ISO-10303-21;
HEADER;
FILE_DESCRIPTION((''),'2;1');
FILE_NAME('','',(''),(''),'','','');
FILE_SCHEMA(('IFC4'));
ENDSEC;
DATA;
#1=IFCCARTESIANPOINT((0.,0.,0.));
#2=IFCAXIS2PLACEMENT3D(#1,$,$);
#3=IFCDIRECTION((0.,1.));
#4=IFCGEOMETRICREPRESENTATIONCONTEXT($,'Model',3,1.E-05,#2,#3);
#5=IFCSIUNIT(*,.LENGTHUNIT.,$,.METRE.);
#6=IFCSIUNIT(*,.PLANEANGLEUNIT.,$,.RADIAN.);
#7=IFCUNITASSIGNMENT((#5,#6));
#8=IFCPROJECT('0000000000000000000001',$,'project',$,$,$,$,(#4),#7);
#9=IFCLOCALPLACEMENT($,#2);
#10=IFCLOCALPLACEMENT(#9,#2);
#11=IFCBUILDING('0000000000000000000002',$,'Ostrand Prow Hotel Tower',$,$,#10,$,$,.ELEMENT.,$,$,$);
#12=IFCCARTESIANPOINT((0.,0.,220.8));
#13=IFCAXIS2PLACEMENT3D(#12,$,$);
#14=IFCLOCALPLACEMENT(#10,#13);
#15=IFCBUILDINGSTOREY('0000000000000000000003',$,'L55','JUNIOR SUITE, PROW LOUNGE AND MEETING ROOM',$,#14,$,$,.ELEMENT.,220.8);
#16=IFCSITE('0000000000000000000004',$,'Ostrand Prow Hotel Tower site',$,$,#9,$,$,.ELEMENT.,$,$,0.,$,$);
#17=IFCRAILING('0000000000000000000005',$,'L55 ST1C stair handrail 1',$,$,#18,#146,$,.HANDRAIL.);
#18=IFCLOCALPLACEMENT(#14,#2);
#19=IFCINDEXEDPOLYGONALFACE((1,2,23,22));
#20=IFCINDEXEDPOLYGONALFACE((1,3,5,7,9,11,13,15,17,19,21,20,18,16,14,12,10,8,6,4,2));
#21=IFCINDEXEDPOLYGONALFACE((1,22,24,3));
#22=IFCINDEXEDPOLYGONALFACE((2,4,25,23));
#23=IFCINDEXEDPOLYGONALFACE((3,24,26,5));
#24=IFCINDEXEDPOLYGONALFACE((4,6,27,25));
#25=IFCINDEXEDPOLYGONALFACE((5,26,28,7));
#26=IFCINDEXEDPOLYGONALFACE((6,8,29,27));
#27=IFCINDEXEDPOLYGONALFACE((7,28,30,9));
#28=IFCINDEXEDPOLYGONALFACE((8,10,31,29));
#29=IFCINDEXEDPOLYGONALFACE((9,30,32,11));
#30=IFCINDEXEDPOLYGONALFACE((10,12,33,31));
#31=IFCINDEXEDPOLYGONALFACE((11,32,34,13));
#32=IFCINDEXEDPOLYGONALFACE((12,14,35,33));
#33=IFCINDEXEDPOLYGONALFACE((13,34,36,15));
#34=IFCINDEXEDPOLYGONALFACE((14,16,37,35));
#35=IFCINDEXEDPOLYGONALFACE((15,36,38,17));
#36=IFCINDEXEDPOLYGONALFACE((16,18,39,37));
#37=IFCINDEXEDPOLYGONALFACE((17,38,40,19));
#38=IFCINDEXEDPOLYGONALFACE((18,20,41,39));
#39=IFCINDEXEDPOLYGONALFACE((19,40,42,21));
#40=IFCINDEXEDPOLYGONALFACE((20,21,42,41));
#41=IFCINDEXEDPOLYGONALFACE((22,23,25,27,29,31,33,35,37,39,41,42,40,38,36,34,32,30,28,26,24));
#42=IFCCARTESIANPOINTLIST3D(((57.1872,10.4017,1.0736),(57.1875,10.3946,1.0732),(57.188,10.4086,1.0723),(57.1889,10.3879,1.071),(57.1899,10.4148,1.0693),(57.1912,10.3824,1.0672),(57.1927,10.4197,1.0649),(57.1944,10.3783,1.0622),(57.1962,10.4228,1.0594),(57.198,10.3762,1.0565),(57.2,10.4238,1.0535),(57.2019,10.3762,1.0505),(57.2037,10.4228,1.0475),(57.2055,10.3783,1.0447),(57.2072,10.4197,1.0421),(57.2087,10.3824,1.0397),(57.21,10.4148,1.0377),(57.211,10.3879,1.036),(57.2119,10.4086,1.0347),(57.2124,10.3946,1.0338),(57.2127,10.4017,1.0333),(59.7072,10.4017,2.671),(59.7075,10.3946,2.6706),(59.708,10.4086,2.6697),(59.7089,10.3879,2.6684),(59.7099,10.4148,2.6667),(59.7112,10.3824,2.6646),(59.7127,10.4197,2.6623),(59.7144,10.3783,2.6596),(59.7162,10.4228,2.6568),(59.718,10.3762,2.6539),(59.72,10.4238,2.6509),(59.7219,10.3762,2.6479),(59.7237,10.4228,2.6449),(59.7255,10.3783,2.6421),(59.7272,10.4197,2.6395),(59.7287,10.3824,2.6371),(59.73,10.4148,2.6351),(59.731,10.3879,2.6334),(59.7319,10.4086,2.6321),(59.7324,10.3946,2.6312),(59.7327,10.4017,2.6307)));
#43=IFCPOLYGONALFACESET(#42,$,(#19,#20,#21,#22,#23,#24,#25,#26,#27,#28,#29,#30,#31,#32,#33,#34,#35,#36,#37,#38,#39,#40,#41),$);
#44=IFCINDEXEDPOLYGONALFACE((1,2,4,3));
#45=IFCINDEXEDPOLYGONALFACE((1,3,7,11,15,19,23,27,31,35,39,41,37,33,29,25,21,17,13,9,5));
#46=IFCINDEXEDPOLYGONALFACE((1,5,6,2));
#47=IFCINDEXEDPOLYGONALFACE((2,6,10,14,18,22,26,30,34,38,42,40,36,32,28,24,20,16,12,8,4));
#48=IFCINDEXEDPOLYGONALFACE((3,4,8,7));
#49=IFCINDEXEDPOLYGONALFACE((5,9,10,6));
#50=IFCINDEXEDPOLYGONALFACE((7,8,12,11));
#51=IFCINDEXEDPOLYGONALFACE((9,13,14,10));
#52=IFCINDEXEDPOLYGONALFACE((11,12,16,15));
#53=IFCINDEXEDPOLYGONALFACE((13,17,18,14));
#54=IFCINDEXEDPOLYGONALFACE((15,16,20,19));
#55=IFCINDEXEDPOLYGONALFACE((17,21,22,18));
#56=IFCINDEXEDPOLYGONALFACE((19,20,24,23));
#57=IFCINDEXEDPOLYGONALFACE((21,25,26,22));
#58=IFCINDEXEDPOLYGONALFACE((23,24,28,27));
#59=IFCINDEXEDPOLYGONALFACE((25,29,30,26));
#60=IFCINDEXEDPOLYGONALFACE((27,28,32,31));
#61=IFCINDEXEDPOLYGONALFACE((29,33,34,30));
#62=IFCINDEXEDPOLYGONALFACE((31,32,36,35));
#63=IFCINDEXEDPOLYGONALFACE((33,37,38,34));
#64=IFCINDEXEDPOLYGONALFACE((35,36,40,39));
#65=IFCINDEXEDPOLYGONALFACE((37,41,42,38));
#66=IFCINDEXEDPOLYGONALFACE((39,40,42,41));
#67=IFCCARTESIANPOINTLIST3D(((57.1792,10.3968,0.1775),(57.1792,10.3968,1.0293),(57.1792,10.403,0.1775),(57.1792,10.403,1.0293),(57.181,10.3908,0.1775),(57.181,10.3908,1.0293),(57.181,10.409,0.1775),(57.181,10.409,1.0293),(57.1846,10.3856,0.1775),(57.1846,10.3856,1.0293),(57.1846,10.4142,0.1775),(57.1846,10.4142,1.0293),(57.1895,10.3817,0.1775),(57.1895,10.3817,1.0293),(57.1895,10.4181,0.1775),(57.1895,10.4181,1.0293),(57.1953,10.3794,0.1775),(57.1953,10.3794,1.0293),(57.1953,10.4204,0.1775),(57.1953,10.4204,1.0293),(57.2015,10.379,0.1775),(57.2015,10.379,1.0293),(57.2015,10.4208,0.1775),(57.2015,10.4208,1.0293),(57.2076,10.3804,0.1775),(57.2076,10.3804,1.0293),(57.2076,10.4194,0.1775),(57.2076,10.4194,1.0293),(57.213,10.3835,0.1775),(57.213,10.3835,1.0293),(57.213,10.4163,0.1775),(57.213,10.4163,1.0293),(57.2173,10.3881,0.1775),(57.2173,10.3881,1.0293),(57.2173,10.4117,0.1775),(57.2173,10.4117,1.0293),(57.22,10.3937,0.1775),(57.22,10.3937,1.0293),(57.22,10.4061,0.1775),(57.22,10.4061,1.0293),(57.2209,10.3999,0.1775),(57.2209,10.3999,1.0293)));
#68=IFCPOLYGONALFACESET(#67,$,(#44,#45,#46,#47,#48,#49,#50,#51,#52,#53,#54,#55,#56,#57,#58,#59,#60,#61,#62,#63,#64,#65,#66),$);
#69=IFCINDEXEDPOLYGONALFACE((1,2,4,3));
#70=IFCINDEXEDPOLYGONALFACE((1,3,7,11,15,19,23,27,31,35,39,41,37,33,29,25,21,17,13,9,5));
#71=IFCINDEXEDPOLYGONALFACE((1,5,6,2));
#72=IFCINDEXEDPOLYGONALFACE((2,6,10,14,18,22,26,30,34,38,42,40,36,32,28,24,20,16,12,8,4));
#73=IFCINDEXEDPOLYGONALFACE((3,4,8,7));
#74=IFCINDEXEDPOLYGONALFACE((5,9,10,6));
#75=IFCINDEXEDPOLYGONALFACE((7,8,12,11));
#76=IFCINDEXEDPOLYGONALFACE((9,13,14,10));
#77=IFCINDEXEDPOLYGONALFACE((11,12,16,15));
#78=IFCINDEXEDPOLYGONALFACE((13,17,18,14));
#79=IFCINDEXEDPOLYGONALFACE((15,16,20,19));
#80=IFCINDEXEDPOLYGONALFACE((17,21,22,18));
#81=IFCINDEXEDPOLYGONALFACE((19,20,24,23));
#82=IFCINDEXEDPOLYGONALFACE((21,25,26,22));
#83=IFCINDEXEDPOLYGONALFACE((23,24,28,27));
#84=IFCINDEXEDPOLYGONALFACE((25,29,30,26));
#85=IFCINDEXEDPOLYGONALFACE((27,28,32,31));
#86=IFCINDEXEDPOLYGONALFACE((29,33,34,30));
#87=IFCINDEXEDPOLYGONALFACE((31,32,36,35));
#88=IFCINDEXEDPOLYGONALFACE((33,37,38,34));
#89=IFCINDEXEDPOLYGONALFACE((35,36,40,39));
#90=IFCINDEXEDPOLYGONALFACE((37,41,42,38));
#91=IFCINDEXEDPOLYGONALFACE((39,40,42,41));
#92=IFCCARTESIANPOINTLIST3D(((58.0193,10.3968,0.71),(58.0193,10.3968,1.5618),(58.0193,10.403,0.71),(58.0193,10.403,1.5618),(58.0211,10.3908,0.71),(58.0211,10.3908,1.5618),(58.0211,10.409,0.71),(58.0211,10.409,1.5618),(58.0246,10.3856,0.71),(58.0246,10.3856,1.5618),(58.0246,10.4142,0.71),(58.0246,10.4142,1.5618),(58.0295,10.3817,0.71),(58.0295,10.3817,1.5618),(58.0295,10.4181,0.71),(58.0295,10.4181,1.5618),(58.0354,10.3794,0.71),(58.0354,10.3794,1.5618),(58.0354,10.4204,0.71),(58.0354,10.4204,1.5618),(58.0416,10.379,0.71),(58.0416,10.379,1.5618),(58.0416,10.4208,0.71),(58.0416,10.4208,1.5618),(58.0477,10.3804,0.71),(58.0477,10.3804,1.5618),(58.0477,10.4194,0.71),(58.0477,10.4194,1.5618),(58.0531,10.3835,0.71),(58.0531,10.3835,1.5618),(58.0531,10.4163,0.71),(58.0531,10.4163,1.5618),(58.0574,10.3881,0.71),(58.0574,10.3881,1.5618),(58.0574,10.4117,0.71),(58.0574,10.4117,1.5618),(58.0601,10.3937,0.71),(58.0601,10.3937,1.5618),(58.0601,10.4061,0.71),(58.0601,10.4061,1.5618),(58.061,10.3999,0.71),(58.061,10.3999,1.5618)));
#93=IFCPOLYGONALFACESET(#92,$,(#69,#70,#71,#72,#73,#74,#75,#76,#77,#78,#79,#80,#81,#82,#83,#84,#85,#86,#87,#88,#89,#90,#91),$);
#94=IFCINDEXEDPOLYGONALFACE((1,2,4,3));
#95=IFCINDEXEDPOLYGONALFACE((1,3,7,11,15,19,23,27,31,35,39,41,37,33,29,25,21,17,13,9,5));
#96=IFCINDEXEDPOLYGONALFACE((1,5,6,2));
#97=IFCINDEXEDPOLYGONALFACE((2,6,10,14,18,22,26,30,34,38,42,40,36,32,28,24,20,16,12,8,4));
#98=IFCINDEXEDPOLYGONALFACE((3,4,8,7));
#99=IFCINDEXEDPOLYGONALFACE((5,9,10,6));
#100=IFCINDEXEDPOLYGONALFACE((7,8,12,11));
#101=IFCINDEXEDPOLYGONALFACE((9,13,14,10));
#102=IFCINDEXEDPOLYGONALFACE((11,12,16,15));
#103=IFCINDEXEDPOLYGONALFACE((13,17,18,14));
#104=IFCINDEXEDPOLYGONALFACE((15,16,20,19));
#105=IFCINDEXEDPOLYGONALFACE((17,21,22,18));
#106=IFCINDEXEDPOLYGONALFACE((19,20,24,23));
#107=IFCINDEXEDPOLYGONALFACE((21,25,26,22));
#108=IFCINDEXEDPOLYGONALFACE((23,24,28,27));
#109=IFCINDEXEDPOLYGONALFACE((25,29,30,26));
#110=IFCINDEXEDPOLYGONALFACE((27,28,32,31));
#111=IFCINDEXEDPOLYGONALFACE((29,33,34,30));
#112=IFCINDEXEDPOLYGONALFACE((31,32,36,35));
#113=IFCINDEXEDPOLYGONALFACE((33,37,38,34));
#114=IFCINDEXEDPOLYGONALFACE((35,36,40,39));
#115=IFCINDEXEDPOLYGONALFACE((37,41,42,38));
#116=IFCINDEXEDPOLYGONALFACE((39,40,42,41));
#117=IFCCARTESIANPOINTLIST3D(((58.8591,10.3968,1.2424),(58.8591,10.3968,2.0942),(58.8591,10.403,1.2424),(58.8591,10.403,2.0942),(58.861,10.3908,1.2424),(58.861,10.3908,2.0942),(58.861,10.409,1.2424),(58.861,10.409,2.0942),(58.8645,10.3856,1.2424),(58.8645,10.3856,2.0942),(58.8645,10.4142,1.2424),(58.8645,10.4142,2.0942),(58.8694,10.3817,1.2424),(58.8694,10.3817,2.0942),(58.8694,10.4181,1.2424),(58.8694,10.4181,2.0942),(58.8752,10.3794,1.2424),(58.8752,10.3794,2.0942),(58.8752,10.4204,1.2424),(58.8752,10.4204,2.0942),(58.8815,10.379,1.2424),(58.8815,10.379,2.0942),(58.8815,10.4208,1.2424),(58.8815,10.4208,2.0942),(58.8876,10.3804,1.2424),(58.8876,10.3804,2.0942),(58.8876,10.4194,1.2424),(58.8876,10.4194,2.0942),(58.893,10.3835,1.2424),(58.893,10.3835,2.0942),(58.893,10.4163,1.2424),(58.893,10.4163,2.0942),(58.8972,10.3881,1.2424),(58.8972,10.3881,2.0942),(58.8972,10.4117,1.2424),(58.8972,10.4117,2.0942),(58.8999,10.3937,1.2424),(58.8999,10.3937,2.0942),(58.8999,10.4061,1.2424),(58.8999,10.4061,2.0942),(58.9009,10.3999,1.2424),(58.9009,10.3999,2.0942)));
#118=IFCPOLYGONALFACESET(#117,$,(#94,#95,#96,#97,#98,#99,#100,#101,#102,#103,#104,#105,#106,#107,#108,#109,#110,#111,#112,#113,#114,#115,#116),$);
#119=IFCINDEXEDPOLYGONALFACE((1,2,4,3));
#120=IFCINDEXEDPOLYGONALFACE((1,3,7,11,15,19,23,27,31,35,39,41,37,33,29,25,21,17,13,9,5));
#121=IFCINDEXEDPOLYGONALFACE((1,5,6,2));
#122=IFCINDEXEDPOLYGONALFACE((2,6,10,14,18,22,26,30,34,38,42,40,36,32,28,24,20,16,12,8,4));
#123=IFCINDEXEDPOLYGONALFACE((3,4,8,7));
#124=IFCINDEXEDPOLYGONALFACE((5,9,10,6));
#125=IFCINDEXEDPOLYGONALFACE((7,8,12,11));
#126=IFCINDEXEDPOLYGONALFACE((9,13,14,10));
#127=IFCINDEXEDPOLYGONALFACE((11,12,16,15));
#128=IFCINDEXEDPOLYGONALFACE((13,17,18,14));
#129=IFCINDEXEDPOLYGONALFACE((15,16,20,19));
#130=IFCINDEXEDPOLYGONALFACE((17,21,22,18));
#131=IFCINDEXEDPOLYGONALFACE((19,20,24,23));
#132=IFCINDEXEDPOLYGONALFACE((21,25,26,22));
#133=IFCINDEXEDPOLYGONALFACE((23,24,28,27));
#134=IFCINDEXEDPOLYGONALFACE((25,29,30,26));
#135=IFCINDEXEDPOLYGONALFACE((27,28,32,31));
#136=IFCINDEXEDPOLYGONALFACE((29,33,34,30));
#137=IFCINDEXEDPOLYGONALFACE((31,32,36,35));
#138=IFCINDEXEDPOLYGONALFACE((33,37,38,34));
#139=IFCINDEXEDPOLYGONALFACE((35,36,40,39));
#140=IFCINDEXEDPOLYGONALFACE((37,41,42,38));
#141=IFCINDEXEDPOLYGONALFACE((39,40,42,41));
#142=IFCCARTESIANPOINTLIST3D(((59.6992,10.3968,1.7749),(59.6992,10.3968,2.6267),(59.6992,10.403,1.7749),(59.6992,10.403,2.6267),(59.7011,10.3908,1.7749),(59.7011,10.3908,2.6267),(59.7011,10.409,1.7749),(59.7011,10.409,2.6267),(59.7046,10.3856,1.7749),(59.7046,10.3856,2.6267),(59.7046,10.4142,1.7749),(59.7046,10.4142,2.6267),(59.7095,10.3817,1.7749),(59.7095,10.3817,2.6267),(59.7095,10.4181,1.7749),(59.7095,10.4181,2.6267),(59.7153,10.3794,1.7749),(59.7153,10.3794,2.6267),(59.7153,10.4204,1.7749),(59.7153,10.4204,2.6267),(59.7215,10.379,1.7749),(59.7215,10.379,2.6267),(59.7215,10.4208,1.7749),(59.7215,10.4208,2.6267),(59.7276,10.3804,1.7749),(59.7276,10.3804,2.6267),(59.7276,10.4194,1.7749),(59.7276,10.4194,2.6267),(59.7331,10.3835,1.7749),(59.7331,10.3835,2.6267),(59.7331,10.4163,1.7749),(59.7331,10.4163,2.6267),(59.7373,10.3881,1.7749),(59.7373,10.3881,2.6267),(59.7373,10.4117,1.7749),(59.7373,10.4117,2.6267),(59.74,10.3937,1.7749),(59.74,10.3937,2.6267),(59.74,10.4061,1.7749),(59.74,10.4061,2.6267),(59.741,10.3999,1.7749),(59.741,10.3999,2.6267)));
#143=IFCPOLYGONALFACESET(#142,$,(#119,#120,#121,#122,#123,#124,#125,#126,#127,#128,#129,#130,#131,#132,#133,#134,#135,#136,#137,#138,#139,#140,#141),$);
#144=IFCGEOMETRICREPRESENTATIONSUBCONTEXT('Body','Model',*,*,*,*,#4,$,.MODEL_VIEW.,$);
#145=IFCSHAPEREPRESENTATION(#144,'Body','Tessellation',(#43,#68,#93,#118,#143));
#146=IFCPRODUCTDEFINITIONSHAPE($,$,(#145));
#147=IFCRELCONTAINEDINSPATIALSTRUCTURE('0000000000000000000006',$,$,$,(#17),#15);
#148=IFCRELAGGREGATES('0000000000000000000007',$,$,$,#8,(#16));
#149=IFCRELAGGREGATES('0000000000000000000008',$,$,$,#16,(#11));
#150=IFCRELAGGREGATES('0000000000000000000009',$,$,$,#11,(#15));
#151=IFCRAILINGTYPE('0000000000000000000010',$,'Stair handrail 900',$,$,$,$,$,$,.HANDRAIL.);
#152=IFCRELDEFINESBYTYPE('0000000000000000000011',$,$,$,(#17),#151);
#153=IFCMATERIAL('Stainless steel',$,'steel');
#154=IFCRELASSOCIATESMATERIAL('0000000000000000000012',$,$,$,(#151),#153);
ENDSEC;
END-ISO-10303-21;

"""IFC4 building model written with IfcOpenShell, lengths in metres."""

from ifc_helpers import new_model, si_unit, direction, frame, origin, origin_2d, place, context, subcontext, project, spatial, circle, extrude, material, type_object, element, save


model = new_model("IFC4")

# Units and contexts
model_context = context("Model", 3, precision=1e-05, world=origin(), true_north=direction((0.0, 1.0)))
body_context = subcontext(model_context, "Body", "Model", "MODEL_VIEW")
ifc_project = project(units=[si_unit("LENGTHUNIT", "METRE"), si_unit("PLANEANGLEUNIT", "RADIAN")], contexts=[model_context])

# Site, building, storey
site_placement = place(None, origin())
site = spatial("IfcSite", under=ifc_project, at=site_placement, Name="Ostrand Prow Hotel Tower site", CompositionType="ELEMENT", RefElevation=0.0)
building_placement = place(site_placement, origin())
building = spatial("IfcBuilding", under=site, at=building_placement, Name="Ostrand Prow Hotel Tower", CompositionType="ELEMENT")
storey_placement = place(building_placement, frame((0.0, 0.0, 220.8)))
storey = spatial("IfcBuildingStorey", under=building, at=storey_placement, Name="L55", Description="JUNIOR SUITE, PROW LOUNGE AND MEETING ROOM", CompositionType="ELEMENT", Elevation=220.8)

# Railing
ifc_material_1 = material(Name="Stainless steel", Category="steel")
railing_type_1 = type_object("IfcRailingType", Name="Stair handrail 900", PredefinedType="HANDRAIL", material=ifc_material_1)
railing_1_placement = place(storey_placement, frame((57.2, 10.3999, 0.1775)))
element("IfcRailing", 1, at=railing_1_placement, inside=storey, type_object=railing_type_1, Name="L55 ST1C stair handrail 1", PredefinedType="HANDRAIL", context=body_context, shape_type="SweptSolid", body=[
    extrude(circle(Radius=0.0239, at=origin_2d()), frame((0.0, 0.0, 0.876), z_axis=(0.844607, 0.0, 0.535387), x_axis=(0.0, 1.0, 0.0)), (0.0, 0.0, 1.0), 2.9836),
    extrude(circle(Radius=0.021, at=origin_2d()), origin(), (0.0, 0.0, 1.0), 0.8518),
    extrude(circle(Radius=0.021, at=origin_2d()), frame((0.8401, 0.0, 0.5325)), (0.0, 0.0, 1.0), 0.8518),
    extrude(circle(Radius=0.021, at=origin_2d()), frame((1.6799, 0.0, 1.0649)), (0.0, 0.0, 1.0), 0.8518),
    extrude(circle(Radius=0.021, at=origin_2d()), frame((2.52, 0.0, 1.5974)), (0.0, 0.0, 1.0), 0.8518),
])

save(model, "model.ifc")
